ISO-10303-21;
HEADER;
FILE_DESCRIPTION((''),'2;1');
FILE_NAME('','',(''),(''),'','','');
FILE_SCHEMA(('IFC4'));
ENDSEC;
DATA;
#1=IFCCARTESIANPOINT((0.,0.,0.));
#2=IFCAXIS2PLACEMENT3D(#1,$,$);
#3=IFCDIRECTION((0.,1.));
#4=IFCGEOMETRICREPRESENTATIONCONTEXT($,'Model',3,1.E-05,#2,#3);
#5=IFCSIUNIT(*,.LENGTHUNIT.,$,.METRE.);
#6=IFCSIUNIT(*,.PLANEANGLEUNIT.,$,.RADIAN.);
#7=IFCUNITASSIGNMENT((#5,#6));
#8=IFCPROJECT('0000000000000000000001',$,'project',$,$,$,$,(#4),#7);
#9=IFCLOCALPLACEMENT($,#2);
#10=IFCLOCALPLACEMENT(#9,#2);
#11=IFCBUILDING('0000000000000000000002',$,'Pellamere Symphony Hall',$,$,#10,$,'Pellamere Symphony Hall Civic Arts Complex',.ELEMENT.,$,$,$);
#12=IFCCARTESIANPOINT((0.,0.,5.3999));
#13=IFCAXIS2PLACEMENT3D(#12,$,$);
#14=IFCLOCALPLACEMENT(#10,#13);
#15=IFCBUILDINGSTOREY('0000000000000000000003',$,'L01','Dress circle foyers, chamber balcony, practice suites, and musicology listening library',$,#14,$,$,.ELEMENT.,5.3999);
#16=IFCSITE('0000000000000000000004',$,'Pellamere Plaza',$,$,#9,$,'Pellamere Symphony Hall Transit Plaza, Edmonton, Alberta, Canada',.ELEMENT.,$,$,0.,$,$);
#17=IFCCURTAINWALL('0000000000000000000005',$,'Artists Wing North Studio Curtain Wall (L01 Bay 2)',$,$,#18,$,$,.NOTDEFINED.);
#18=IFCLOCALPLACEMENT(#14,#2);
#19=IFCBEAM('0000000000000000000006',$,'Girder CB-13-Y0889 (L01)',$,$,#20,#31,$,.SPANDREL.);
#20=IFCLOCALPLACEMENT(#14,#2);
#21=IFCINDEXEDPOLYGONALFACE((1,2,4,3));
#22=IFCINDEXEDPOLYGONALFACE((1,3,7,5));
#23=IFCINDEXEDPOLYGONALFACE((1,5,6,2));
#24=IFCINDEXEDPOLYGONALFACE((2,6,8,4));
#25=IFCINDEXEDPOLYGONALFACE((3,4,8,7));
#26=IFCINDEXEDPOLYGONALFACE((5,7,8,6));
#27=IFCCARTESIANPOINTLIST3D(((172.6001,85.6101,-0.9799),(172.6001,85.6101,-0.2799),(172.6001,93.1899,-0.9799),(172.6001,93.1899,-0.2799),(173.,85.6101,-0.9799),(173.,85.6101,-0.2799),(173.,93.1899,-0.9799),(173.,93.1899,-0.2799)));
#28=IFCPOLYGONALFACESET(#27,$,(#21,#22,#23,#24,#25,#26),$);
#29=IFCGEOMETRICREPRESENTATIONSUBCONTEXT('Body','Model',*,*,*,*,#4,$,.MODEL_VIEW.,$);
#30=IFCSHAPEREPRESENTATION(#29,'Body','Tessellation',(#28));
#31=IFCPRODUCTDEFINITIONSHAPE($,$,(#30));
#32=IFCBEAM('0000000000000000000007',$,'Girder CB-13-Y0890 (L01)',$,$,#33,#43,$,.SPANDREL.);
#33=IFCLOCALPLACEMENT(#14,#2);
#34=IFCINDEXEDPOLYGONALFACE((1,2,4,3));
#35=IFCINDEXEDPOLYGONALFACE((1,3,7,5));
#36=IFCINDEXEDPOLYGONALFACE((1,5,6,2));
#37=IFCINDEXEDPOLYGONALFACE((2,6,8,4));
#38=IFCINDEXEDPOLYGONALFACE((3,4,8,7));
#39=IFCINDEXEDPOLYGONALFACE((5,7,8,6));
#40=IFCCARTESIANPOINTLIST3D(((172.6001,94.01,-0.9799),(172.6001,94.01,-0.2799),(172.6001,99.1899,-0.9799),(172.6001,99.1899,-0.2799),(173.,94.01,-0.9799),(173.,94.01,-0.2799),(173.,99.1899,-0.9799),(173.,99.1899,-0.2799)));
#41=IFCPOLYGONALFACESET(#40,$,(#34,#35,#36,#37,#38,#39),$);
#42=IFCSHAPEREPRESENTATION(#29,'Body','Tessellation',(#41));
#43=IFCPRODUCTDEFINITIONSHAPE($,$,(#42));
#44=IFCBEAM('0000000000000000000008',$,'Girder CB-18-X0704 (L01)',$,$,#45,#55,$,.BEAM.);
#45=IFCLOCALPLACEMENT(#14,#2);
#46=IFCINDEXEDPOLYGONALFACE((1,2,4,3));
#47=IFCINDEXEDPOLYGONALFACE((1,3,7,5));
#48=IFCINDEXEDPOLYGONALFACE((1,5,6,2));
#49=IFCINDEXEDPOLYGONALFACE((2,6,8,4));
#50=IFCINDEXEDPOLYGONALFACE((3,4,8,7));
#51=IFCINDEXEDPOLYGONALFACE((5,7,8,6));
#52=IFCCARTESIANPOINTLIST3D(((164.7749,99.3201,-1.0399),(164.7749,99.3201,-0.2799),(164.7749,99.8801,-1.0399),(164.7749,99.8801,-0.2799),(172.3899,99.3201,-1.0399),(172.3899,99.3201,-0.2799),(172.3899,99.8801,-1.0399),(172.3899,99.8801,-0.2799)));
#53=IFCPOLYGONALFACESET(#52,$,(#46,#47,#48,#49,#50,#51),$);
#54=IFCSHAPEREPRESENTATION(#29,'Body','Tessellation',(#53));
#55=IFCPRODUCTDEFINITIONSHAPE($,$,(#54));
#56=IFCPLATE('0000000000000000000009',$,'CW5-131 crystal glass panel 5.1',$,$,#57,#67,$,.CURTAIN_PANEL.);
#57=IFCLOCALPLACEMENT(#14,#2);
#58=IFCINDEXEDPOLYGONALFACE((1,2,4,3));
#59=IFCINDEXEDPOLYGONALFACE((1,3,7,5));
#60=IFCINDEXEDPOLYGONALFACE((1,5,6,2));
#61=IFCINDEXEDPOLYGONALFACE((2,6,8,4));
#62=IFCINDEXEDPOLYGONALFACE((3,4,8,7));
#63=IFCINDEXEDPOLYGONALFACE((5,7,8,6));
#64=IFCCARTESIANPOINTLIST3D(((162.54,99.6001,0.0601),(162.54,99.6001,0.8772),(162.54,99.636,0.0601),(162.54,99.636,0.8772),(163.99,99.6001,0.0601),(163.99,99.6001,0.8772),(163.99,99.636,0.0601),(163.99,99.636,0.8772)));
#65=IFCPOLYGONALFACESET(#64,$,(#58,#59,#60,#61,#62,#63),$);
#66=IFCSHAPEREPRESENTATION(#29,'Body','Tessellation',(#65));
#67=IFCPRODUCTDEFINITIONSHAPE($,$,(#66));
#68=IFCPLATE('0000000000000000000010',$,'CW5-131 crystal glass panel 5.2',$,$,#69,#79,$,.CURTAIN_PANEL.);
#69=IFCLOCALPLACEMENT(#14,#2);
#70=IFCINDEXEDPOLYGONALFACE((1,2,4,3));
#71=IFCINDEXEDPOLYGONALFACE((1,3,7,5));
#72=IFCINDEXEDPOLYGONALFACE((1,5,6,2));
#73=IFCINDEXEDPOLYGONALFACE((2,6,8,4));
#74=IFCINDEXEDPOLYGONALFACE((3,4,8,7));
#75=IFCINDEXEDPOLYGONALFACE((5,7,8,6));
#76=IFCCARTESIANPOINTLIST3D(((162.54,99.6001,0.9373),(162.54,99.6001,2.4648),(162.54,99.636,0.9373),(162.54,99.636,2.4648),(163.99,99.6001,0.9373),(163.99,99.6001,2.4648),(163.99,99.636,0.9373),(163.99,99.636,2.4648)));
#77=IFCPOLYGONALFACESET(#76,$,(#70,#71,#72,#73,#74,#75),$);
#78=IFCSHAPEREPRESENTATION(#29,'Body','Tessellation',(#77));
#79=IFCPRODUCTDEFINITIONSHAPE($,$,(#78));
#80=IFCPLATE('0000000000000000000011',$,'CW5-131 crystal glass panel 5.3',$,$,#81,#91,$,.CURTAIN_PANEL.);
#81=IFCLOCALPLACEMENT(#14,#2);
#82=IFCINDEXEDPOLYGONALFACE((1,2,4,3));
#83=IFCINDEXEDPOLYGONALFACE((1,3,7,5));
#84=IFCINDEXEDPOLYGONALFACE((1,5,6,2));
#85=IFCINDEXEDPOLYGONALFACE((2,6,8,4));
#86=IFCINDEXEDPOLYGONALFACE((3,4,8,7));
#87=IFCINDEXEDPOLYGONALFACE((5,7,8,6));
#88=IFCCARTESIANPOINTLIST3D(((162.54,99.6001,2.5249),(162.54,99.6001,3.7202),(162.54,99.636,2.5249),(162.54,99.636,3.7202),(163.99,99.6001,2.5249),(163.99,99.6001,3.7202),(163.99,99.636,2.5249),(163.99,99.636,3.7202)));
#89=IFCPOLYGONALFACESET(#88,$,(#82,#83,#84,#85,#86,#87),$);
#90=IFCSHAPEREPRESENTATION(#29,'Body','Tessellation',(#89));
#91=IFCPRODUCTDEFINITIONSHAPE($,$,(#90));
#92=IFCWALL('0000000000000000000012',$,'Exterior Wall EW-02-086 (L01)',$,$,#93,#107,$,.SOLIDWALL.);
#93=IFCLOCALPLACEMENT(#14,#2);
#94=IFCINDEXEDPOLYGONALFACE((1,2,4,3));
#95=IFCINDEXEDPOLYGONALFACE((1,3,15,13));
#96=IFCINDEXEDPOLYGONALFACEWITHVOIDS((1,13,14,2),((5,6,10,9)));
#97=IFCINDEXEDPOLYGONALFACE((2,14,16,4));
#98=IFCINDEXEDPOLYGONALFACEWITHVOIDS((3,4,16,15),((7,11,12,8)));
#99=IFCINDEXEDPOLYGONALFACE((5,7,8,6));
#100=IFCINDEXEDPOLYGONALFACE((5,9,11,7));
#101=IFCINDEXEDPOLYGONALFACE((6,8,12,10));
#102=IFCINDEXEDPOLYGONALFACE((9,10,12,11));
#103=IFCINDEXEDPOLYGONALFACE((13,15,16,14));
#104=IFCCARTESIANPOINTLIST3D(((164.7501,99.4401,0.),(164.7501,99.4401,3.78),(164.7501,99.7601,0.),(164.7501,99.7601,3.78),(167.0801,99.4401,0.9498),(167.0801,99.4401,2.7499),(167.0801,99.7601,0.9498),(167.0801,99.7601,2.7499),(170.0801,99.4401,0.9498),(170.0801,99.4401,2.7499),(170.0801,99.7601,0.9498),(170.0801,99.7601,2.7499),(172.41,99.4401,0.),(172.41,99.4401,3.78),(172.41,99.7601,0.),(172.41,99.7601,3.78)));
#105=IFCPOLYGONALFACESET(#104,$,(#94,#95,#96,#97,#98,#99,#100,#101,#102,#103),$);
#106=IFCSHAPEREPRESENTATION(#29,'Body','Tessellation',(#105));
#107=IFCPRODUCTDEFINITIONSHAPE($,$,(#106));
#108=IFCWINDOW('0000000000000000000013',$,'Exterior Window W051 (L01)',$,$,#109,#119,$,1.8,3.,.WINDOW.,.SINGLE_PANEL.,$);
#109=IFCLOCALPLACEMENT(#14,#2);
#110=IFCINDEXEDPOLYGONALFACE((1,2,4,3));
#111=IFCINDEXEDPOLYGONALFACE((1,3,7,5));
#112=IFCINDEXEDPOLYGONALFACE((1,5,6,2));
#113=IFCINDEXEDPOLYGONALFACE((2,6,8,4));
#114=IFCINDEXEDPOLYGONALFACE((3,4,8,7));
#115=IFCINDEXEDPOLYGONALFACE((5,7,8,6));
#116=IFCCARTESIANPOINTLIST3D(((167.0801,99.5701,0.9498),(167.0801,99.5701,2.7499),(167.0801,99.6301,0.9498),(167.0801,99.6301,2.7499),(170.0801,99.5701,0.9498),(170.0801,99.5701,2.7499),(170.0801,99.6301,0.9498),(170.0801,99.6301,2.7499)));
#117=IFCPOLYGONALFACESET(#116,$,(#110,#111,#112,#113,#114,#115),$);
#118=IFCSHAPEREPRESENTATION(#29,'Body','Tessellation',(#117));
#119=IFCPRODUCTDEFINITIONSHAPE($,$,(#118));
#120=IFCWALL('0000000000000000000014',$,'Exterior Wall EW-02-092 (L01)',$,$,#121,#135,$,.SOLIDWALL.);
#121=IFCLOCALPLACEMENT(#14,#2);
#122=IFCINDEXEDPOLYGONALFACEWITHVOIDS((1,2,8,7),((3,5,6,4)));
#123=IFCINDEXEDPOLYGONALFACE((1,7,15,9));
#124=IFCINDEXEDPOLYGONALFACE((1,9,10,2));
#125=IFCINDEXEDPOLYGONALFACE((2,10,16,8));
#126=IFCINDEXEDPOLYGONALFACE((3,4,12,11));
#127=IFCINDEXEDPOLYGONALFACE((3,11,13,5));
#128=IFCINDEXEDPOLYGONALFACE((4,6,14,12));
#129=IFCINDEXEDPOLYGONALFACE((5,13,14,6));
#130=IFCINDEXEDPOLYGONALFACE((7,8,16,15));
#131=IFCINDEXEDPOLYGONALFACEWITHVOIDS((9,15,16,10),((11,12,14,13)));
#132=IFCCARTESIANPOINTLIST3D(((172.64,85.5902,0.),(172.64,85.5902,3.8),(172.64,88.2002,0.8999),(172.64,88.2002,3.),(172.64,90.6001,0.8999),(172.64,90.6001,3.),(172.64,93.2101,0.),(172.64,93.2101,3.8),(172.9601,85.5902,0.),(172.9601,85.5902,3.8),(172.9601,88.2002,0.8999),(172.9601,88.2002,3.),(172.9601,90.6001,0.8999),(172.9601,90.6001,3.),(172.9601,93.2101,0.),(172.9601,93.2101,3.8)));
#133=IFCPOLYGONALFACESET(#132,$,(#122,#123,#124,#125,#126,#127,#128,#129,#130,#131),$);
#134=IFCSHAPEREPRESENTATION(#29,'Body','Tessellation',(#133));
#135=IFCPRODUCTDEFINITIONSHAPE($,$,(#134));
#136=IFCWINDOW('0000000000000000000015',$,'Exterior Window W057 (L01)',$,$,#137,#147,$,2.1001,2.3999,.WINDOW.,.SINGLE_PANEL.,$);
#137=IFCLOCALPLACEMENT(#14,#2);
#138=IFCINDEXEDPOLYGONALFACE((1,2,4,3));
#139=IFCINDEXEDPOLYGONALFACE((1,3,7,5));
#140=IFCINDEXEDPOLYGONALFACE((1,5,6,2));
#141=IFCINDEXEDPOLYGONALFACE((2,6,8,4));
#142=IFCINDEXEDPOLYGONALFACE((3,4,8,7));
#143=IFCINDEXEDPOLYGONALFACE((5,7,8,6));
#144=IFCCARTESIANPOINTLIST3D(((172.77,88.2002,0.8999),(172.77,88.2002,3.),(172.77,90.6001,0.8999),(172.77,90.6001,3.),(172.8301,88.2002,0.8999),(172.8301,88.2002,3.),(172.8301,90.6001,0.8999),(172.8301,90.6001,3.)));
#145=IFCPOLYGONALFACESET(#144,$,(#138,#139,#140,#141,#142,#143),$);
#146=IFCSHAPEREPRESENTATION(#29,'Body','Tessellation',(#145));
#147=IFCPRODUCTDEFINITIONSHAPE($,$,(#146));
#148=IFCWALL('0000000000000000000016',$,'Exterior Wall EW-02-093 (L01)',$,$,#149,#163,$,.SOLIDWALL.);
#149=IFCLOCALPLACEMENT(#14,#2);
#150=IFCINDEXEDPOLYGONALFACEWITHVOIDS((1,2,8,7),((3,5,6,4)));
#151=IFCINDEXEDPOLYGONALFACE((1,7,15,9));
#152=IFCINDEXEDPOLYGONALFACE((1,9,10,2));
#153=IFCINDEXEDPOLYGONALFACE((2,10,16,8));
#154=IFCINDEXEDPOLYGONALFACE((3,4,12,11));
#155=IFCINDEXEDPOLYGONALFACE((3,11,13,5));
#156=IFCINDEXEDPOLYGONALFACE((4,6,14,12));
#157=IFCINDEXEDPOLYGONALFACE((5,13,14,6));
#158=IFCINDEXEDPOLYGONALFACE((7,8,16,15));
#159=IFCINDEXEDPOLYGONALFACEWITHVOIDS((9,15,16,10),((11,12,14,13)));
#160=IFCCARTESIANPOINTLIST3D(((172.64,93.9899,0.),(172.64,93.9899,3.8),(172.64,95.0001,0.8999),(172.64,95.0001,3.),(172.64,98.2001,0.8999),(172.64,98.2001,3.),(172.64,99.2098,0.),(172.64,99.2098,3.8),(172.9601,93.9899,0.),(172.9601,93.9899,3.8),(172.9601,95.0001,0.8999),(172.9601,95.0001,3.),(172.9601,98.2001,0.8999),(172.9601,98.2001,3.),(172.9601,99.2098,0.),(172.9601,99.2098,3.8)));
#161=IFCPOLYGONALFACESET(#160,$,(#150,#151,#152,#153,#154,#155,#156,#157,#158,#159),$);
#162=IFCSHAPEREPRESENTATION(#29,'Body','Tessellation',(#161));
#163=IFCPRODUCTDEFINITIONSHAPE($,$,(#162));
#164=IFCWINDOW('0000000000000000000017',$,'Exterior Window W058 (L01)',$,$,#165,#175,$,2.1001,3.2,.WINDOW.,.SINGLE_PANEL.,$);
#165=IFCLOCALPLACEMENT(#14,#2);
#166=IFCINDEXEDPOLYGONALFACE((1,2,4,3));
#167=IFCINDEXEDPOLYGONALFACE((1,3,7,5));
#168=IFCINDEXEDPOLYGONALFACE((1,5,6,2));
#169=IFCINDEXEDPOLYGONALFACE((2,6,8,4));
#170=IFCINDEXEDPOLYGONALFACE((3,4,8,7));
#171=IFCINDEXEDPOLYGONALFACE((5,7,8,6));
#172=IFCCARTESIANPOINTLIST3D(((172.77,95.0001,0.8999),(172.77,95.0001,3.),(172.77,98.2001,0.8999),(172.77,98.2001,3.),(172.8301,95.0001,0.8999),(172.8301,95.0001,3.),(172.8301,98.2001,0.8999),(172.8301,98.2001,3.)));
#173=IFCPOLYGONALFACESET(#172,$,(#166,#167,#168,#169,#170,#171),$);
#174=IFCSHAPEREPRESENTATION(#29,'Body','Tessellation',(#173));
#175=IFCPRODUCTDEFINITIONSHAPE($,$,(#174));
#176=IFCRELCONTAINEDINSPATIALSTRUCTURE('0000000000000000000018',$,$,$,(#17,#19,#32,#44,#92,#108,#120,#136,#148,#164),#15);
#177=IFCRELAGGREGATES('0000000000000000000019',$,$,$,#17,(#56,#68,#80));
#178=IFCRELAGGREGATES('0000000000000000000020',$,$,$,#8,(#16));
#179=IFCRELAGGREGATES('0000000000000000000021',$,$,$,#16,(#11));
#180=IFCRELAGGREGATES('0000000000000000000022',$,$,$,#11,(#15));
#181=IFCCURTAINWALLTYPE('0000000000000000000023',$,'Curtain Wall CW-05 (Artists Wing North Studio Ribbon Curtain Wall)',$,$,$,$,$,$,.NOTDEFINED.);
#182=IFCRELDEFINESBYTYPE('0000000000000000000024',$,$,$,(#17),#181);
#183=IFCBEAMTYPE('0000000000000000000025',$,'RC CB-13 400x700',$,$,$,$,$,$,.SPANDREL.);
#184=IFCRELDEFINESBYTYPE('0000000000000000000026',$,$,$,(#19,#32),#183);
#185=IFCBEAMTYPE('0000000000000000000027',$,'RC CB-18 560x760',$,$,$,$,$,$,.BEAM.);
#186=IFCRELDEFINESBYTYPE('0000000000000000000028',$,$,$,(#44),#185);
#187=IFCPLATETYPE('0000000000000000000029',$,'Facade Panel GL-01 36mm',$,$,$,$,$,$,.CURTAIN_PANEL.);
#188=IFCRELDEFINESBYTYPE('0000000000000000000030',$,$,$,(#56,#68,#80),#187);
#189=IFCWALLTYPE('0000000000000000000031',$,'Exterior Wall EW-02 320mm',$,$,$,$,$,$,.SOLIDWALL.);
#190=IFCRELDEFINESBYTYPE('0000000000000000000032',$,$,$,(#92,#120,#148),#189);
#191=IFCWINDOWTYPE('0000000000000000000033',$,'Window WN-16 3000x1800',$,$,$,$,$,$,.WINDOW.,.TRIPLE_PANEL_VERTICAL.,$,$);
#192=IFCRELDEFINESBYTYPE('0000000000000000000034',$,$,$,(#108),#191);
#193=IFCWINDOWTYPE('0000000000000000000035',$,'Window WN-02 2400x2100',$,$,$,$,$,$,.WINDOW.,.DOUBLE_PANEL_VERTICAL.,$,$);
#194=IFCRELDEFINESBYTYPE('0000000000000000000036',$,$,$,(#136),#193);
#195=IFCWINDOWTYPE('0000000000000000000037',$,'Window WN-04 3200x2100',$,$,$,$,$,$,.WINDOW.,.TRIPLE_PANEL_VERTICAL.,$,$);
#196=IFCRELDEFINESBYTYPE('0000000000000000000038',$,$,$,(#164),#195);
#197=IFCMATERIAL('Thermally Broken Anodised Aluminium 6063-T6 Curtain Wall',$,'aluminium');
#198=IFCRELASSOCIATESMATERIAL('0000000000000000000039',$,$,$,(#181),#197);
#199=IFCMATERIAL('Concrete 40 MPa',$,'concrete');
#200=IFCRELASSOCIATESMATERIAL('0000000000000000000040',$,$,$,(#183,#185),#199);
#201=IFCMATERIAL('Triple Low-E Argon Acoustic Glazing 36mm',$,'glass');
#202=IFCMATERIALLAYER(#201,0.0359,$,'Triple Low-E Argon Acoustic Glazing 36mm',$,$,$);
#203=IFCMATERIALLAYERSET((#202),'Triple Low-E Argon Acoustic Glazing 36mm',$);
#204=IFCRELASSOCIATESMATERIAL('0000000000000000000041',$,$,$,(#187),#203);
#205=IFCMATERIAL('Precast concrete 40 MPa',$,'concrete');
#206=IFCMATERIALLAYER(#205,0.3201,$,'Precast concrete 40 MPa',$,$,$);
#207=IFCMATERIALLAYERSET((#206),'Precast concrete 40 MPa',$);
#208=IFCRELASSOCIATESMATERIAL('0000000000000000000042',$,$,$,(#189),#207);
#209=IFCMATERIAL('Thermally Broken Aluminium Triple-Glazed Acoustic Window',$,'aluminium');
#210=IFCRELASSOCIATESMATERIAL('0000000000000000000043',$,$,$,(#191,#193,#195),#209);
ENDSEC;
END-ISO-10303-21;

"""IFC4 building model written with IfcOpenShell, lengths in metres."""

from ifc_helpers import new_model, si_unit, direction, frame, frame_2d, origin, origin_2d, place, context, subcontext, project, spatial, polyline, rectangle, outline, extrude, material, layer, layer_set, material_profile, profile_set, type_object, element, fill, aggregate, save


model = new_model("IFC4")

# Units and contexts
model_context = context("Model", 3, precision=1e-05, world=origin(), true_north=direction((0.0, 1.0)))
body_context = subcontext(model_context, "Body", "Model", "MODEL_VIEW")
ifc_project = project(units=[si_unit("LENGTHUNIT", "METRE"), si_unit("PLANEANGLEUNIT", "RADIAN")], contexts=[model_context])

# Site, building, storey
site_placement = place(None, origin())
site = spatial("IfcSite", under=ifc_project, at=site_placement, Name="Pellamere Plaza", LongName="Pellamere Symphony Hall Transit Plaza, Edmonton, Alberta, Canada", CompositionType="ELEMENT", RefElevation=0.0)
building_placement = place(site_placement, origin())
building = spatial("IfcBuilding", under=site, at=building_placement, Name="Pellamere Symphony Hall", LongName="Pellamere Symphony Hall Civic Arts Complex", CompositionType="ELEMENT")
storey_placement = place(building_placement, frame((0.0, 0.0, 5.3999)))
storey = spatial("IfcBuildingStorey", under=building, at=storey_placement, Name="L01", Description="Dress circle foyers, chamber balcony, practice suites, and musicology listening library", CompositionType="ELEMENT", Elevation=5.3999)

# Shared definitions
ifc_material_1 = material(Name="Concrete 40 MPa", Category="concrete")

# Curtain wall
ifc_material_2 = material(Name="Thermally Broken Anodised Aluminium 6063-T6 Curtain Wall", Category="aluminium")
curtain_wall_type = type_object("IfcCurtainWallType", Name="Curtain Wall CW-05 (Artists Wing North Studio Ribbon Curtain Wall)", PredefinedType="NOTDEFINED", material=ifc_material_2)
curtain_wall_placement = place(storey_placement, origin())
curtain_wall = element("IfcCurtainWall", 1, at=curtain_wall_placement, inside=storey, type_object=curtain_wall_type, Name="Artists Wing North Studio Curtain Wall (L01 Bay 2)", PredefinedType="NOTDEFINED")

# Beams
ifc_material_profile_1 = material_profile(ifc_material_1, rectangle(XDim=0.3999, YDim=0.7, at=origin_2d()), Name="RC 400x700")
ifc_profile_set_1 = profile_set([ifc_material_profile_1], Name="Concrete 40 MPa")
beam_type_1 = type_object("IfcBeamType", Name="RC CB-13 400x700", PredefinedType="SPANDREL", material=ifc_profile_set_1)
beam_1_placement = place(storey_placement, frame((172.8, 85.6101, -0.6299), z_axis=(0.0, 1.0, 0.0), x_axis=(-1.0, 0.0, 0.0)))
element("IfcBeam", 2, at=beam_1_placement, inside=storey, type_object=beam_type_1, Name="Girder CB-13-Y0889 (L01)", PredefinedType="SPANDREL", context=body_context, shape_type="SweptSolid", body=[
    extrude(rectangle(XDim=0.3999, YDim=0.7, at=origin_2d()), origin(), (0.0, 0.0, 1.0), 7.5798),
])
beam_2_placement = place(storey_placement, frame((172.8, 94.01, -0.6299), z_axis=(0.0, 1.0, 0.0), x_axis=(-1.0, 0.0, 0.0)))
element("IfcBeam", 3, at=beam_2_placement, inside=storey, type_object=beam_type_1, Name="Girder CB-13-Y0890 (L01)", PredefinedType="SPANDREL", context=body_context, shape_type="SweptSolid", body=[
    extrude(rectangle(XDim=0.3999, YDim=0.7, at=origin_2d()), origin(), (0.0, 0.0, 1.0), 5.1799),
])
ifc_material_profile_2 = material_profile(ifc_material_1, rectangle(XDim=0.5601, YDim=0.76, at=origin_2d()), Name="RC 560x760")
ifc_profile_set_2 = profile_set([ifc_material_profile_2], Name="Concrete 40 MPa")
beam_type_2 = type_object("IfcBeamType", Name="RC CB-18 560x760", PredefinedType="BEAM", material=ifc_profile_set_2)
beam_3_placement = place(storey_placement, frame((164.7749, 99.6001, -0.6599), z_axis=(1.0, 0.0, 0.0), x_axis=(0.0, 1.0, 0.0)))
element("IfcBeam", 4, at=beam_3_placement, inside=storey, type_object=beam_type_2, Name="Girder CB-18-X0704 (L01)", PredefinedType="BEAM", context=body_context, shape_type="SweptSolid", body=[
    extrude(rectangle(XDim=0.5601, YDim=0.76, at=origin_2d()), origin(), (0.0, 0.0, 1.0), 7.615),
])

# Plates
ifc_material_3 = material(Name="Triple Low-E Argon Acoustic Glazing 36mm", Category="glass")
ifc_layer_1 = layer(ifc_material_3, 0.0359, Name="Triple Low-E Argon Acoustic Glazing 36mm")
ifc_layer_set_1 = layer_set([ifc_layer_1], Name="Triple Low-E Argon Acoustic Glazing 36mm")
plate_type = type_object("IfcPlateType", Name="Facade Panel GL-01 36mm", PredefinedType="CURTAIN_PANEL", material=ifc_layer_set_1)
plate_1_placement = place(storey_placement, frame((162.54, 99.6001, 0.0601), z_axis=(0.0, -1.0, 0.0), x_axis=(1.0, 0.0, 0.0)))
plate_1 = element("IfcPlate", 5, at=plate_1_placement, type_object=plate_type, Name="CW5-131 crystal glass panel 5.1", PredefinedType="CURTAIN_PANEL", context=body_context, shape_type="SweptSolid", body=[
    extrude(outline(polyline([(0.0, 0.0), (1.45, 0.0), (1.45, 0.8171), (0.0, 0.8171), (0.0, 0.0)])), origin(), (0.0, 0.0, -1.0), 0.0359),
])
plate_2_placement = place(storey_placement, frame((162.54, 99.6001, 0.9373), z_axis=(0.0, -1.0, 0.0), x_axis=(1.0, 0.0, 0.0)))
plate_2 = element("IfcPlate", 6, at=plate_2_placement, type_object=plate_type, Name="CW5-131 crystal glass panel 5.2", PredefinedType="CURTAIN_PANEL", context=body_context, shape_type="SweptSolid", body=[
    extrude(outline(polyline([(0.0, 0.0), (1.45, 0.0), (1.45, 1.5276), (0.0, 1.5276), (0.0, 0.0)])), origin(), (0.0, 0.0, -1.0), 0.0359),
])
plate_3_placement = place(storey_placement, frame((162.54, 99.6001, 2.5249), z_axis=(0.0, -1.0, 0.0), x_axis=(1.0, 0.0, 0.0)))
plate_3 = element("IfcPlate", 7, at=plate_3_placement, type_object=plate_type, Name="CW5-131 crystal glass panel 5.3", PredefinedType="CURTAIN_PANEL", context=body_context, shape_type="SweptSolid", body=[
    extrude(outline(polyline([(0.0, 0.0), (1.45, 0.0), (1.45, 1.1953), (0.0, 1.1953), (0.0, 0.0)])), origin(), (0.0, 0.0, -1.0), 0.0359),
])
aggregate(curtain_wall, [plate_1, plate_2, plate_3])

# Walls, openings, windows
ifc_material_4 = material(Name="Precast concrete 40 MPa", Category="concrete")
ifc_layer_2 = layer(ifc_material_4, 0.3201, Name="Precast concrete 40 MPa")
ifc_layer_set_2 = layer_set([ifc_layer_2], Name="Precast concrete 40 MPa")
wall_type = type_object("IfcWallType", Name="Exterior Wall EW-02 320mm", PredefinedType="SOLIDWALL", material=ifc_layer_set_2)
wall_1_placement = place(storey_placement, frame((164.75, 99.6001, 0.0), z_axis=(0.0, 0.0, 1.0), x_axis=(1.0, 0.0, 0.0)))
wall_1 = element("IfcWall", 8, at=wall_1_placement, inside=storey, type_object=wall_type, Name="Exterior Wall EW-02-086 (L01)", PredefinedType="SOLIDWALL", context=body_context, shape_type="SweptSolid", body=[
    extrude(rectangle(XDim=7.6599, YDim=0.3201, at=frame_2d((3.8301, 0.0))), origin(), (0.0, 0.0, 1.0), 3.78),
])
opening_1_placement = place(wall_1_placement, frame((2.3301, 0.0, 0.95)))
opening_1 = element("IfcOpeningElement", 9, at=opening_1_placement, cuts=wall_1, PredefinedType="OPENING", context=body_context, shape_type="SweptSolid", body=[
    extrude(rectangle(XDim=3.0, YDim=1.8, at=frame_2d((1.5, 0.8999))), frame((0.0, 0.1699, 0.0), z_axis=(0.0, -1.0, 0.0), x_axis=(1.0, 0.0, 0.0)), (0.0, 0.0, 1.0), 0.3401),
])
ifc_material_5 = material(Name="Thermally Broken Aluminium Triple-Glazed Acoustic Window", Category="aluminium")
window_type_1 = type_object("IfcWindowType", Name="Window WN-16 3000x1800", PartitioningType="TRIPLE_PANEL_VERTICAL", PredefinedType="WINDOW", material=ifc_material_5)
window_1_placement = place(opening_1_placement, origin())
window_1 = element("IfcWindow", 10, at=window_1_placement, inside=storey, type_object=window_type_1, Name="Exterior Window W051 (L01)", OverallHeight=1.8, OverallWidth=3.0, PartitioningType="SINGLE_PANEL", PredefinedType="WINDOW", context=body_context, shape_type="SweptSolid", body=[
    extrude(rectangle(XDim=3.0, YDim=1.8, at=frame_2d((1.5, 0.8999))), frame((0.0, 0.03, 0.0), z_axis=(0.0, -1.0, 0.0), x_axis=(1.0, 0.0, 0.0)), (0.0, 0.0, 1.0), 0.0601),
])
fill(opening_1, window_1)
wall_2_placement = place(storey_placement, frame((172.8, 85.5901, 0.0), z_axis=(0.0, 0.0, 1.0), x_axis=(0.0, 1.0, 0.0)))
wall_2 = element("IfcWall", 11, at=wall_2_placement, inside=storey, type_object=wall_type, Name="Exterior Wall EW-02-092 (L01)", PredefinedType="SOLIDWALL", context=body_context, shape_type="SweptSolid", body=[
    extrude(rectangle(XDim=7.6199, YDim=0.3201, at=frame_2d((3.8101, 0.0))), origin(), (0.0, 0.0, 1.0), 3.8),
])
opening_2_placement = place(wall_2_placement, frame((2.6101, 0.0, 0.8999)))
opening_2 = element("IfcOpeningElement", 12, at=opening_2_placement, cuts=wall_2, PredefinedType="OPENING", context=body_context, shape_type="SweptSolid", body=[
    extrude(rectangle(XDim=2.3999, YDim=2.1001, at=frame_2d((1.2, 1.05))), frame((0.0, 0.1699, 0.0), z_axis=(0.0, -1.0, 0.0), x_axis=(1.0, 0.0, 0.0)), (0.0, 0.0, 1.0), 0.3401),
])
window_type_2 = type_object("IfcWindowType", Name="Window WN-02 2400x2100", PartitioningType="DOUBLE_PANEL_VERTICAL", PredefinedType="WINDOW", material=ifc_material_5)
window_2_placement = place(opening_2_placement, origin())
window_2 = element("IfcWindow", 13, at=window_2_placement, inside=storey, type_object=window_type_2, Name="Exterior Window W057 (L01)", OverallHeight=2.1001, OverallWidth=2.3999, PartitioningType="SINGLE_PANEL", PredefinedType="WINDOW", context=body_context, shape_type="SweptSolid", body=[
    extrude(rectangle(XDim=2.3999, YDim=2.1001, at=frame_2d((1.2, 1.05))), frame((0.0, 0.03, 0.0), z_axis=(0.0, -1.0, 0.0), x_axis=(1.0, 0.0, 0.0)), (0.0, 0.0, 1.0), 0.0601),
])
fill(opening_2, window_2)
wall_3_placement = place(storey_placement, frame((172.8, 93.99, 0.0), z_axis=(0.0, 0.0, 1.0), x_axis=(0.0, 1.0, 0.0)))
wall_3 = element("IfcWall", 14, at=wall_3_placement, inside=storey, type_object=wall_type, Name="Exterior Wall EW-02-093 (L01)", PredefinedType="SOLIDWALL", context=body_context, shape_type="SweptSolid", body=[
    extrude(rectangle(XDim=5.22, YDim=0.3201, at=frame_2d((2.6099, 0.0))), origin(), (0.0, 0.0, 1.0), 3.8),
])
opening_3_placement = place(wall_3_placement, frame((1.01, 0.0, 0.8999)))
opening_3 = element("IfcOpeningElement", 15, at=opening_3_placement, cuts=wall_3, PredefinedType="OPENING", context=body_context, shape_type="SweptSolid", body=[
    extrude(rectangle(XDim=3.2, YDim=2.1001, at=frame_2d((1.6001, 1.05))), frame((0.0, 0.1699, 0.0), z_axis=(0.0, -1.0, 0.0), x_axis=(1.0, 0.0, 0.0)), (0.0, 0.0, 1.0), 0.3401),
])
window_type_3 = type_object("IfcWindowType", Name="Window WN-04 3200x2100", PartitioningType="TRIPLE_PANEL_VERTICAL", PredefinedType="WINDOW", material=ifc_material_5)
window_3_placement = place(opening_3_placement, origin())
window_3 = element("IfcWindow", 16, at=window_3_placement, inside=storey, type_object=window_type_3, Name="Exterior Window W058 (L01)", OverallHeight=2.1001, OverallWidth=3.2, PartitioningType="SINGLE_PANEL", PredefinedType="WINDOW", context=body_context, shape_type="SweptSolid", body=[
    extrude(rectangle(XDim=3.2, YDim=2.1001, at=frame_2d((1.6001, 1.05))), frame((0.0, 0.03, 0.0), z_axis=(0.0, -1.0, 0.0), x_axis=(1.0, 0.0, 0.0)), (0.0, 0.0, 1.0), 0.0601),
])
fill(opening_3, window_3)

save(model, "model.ifc")
